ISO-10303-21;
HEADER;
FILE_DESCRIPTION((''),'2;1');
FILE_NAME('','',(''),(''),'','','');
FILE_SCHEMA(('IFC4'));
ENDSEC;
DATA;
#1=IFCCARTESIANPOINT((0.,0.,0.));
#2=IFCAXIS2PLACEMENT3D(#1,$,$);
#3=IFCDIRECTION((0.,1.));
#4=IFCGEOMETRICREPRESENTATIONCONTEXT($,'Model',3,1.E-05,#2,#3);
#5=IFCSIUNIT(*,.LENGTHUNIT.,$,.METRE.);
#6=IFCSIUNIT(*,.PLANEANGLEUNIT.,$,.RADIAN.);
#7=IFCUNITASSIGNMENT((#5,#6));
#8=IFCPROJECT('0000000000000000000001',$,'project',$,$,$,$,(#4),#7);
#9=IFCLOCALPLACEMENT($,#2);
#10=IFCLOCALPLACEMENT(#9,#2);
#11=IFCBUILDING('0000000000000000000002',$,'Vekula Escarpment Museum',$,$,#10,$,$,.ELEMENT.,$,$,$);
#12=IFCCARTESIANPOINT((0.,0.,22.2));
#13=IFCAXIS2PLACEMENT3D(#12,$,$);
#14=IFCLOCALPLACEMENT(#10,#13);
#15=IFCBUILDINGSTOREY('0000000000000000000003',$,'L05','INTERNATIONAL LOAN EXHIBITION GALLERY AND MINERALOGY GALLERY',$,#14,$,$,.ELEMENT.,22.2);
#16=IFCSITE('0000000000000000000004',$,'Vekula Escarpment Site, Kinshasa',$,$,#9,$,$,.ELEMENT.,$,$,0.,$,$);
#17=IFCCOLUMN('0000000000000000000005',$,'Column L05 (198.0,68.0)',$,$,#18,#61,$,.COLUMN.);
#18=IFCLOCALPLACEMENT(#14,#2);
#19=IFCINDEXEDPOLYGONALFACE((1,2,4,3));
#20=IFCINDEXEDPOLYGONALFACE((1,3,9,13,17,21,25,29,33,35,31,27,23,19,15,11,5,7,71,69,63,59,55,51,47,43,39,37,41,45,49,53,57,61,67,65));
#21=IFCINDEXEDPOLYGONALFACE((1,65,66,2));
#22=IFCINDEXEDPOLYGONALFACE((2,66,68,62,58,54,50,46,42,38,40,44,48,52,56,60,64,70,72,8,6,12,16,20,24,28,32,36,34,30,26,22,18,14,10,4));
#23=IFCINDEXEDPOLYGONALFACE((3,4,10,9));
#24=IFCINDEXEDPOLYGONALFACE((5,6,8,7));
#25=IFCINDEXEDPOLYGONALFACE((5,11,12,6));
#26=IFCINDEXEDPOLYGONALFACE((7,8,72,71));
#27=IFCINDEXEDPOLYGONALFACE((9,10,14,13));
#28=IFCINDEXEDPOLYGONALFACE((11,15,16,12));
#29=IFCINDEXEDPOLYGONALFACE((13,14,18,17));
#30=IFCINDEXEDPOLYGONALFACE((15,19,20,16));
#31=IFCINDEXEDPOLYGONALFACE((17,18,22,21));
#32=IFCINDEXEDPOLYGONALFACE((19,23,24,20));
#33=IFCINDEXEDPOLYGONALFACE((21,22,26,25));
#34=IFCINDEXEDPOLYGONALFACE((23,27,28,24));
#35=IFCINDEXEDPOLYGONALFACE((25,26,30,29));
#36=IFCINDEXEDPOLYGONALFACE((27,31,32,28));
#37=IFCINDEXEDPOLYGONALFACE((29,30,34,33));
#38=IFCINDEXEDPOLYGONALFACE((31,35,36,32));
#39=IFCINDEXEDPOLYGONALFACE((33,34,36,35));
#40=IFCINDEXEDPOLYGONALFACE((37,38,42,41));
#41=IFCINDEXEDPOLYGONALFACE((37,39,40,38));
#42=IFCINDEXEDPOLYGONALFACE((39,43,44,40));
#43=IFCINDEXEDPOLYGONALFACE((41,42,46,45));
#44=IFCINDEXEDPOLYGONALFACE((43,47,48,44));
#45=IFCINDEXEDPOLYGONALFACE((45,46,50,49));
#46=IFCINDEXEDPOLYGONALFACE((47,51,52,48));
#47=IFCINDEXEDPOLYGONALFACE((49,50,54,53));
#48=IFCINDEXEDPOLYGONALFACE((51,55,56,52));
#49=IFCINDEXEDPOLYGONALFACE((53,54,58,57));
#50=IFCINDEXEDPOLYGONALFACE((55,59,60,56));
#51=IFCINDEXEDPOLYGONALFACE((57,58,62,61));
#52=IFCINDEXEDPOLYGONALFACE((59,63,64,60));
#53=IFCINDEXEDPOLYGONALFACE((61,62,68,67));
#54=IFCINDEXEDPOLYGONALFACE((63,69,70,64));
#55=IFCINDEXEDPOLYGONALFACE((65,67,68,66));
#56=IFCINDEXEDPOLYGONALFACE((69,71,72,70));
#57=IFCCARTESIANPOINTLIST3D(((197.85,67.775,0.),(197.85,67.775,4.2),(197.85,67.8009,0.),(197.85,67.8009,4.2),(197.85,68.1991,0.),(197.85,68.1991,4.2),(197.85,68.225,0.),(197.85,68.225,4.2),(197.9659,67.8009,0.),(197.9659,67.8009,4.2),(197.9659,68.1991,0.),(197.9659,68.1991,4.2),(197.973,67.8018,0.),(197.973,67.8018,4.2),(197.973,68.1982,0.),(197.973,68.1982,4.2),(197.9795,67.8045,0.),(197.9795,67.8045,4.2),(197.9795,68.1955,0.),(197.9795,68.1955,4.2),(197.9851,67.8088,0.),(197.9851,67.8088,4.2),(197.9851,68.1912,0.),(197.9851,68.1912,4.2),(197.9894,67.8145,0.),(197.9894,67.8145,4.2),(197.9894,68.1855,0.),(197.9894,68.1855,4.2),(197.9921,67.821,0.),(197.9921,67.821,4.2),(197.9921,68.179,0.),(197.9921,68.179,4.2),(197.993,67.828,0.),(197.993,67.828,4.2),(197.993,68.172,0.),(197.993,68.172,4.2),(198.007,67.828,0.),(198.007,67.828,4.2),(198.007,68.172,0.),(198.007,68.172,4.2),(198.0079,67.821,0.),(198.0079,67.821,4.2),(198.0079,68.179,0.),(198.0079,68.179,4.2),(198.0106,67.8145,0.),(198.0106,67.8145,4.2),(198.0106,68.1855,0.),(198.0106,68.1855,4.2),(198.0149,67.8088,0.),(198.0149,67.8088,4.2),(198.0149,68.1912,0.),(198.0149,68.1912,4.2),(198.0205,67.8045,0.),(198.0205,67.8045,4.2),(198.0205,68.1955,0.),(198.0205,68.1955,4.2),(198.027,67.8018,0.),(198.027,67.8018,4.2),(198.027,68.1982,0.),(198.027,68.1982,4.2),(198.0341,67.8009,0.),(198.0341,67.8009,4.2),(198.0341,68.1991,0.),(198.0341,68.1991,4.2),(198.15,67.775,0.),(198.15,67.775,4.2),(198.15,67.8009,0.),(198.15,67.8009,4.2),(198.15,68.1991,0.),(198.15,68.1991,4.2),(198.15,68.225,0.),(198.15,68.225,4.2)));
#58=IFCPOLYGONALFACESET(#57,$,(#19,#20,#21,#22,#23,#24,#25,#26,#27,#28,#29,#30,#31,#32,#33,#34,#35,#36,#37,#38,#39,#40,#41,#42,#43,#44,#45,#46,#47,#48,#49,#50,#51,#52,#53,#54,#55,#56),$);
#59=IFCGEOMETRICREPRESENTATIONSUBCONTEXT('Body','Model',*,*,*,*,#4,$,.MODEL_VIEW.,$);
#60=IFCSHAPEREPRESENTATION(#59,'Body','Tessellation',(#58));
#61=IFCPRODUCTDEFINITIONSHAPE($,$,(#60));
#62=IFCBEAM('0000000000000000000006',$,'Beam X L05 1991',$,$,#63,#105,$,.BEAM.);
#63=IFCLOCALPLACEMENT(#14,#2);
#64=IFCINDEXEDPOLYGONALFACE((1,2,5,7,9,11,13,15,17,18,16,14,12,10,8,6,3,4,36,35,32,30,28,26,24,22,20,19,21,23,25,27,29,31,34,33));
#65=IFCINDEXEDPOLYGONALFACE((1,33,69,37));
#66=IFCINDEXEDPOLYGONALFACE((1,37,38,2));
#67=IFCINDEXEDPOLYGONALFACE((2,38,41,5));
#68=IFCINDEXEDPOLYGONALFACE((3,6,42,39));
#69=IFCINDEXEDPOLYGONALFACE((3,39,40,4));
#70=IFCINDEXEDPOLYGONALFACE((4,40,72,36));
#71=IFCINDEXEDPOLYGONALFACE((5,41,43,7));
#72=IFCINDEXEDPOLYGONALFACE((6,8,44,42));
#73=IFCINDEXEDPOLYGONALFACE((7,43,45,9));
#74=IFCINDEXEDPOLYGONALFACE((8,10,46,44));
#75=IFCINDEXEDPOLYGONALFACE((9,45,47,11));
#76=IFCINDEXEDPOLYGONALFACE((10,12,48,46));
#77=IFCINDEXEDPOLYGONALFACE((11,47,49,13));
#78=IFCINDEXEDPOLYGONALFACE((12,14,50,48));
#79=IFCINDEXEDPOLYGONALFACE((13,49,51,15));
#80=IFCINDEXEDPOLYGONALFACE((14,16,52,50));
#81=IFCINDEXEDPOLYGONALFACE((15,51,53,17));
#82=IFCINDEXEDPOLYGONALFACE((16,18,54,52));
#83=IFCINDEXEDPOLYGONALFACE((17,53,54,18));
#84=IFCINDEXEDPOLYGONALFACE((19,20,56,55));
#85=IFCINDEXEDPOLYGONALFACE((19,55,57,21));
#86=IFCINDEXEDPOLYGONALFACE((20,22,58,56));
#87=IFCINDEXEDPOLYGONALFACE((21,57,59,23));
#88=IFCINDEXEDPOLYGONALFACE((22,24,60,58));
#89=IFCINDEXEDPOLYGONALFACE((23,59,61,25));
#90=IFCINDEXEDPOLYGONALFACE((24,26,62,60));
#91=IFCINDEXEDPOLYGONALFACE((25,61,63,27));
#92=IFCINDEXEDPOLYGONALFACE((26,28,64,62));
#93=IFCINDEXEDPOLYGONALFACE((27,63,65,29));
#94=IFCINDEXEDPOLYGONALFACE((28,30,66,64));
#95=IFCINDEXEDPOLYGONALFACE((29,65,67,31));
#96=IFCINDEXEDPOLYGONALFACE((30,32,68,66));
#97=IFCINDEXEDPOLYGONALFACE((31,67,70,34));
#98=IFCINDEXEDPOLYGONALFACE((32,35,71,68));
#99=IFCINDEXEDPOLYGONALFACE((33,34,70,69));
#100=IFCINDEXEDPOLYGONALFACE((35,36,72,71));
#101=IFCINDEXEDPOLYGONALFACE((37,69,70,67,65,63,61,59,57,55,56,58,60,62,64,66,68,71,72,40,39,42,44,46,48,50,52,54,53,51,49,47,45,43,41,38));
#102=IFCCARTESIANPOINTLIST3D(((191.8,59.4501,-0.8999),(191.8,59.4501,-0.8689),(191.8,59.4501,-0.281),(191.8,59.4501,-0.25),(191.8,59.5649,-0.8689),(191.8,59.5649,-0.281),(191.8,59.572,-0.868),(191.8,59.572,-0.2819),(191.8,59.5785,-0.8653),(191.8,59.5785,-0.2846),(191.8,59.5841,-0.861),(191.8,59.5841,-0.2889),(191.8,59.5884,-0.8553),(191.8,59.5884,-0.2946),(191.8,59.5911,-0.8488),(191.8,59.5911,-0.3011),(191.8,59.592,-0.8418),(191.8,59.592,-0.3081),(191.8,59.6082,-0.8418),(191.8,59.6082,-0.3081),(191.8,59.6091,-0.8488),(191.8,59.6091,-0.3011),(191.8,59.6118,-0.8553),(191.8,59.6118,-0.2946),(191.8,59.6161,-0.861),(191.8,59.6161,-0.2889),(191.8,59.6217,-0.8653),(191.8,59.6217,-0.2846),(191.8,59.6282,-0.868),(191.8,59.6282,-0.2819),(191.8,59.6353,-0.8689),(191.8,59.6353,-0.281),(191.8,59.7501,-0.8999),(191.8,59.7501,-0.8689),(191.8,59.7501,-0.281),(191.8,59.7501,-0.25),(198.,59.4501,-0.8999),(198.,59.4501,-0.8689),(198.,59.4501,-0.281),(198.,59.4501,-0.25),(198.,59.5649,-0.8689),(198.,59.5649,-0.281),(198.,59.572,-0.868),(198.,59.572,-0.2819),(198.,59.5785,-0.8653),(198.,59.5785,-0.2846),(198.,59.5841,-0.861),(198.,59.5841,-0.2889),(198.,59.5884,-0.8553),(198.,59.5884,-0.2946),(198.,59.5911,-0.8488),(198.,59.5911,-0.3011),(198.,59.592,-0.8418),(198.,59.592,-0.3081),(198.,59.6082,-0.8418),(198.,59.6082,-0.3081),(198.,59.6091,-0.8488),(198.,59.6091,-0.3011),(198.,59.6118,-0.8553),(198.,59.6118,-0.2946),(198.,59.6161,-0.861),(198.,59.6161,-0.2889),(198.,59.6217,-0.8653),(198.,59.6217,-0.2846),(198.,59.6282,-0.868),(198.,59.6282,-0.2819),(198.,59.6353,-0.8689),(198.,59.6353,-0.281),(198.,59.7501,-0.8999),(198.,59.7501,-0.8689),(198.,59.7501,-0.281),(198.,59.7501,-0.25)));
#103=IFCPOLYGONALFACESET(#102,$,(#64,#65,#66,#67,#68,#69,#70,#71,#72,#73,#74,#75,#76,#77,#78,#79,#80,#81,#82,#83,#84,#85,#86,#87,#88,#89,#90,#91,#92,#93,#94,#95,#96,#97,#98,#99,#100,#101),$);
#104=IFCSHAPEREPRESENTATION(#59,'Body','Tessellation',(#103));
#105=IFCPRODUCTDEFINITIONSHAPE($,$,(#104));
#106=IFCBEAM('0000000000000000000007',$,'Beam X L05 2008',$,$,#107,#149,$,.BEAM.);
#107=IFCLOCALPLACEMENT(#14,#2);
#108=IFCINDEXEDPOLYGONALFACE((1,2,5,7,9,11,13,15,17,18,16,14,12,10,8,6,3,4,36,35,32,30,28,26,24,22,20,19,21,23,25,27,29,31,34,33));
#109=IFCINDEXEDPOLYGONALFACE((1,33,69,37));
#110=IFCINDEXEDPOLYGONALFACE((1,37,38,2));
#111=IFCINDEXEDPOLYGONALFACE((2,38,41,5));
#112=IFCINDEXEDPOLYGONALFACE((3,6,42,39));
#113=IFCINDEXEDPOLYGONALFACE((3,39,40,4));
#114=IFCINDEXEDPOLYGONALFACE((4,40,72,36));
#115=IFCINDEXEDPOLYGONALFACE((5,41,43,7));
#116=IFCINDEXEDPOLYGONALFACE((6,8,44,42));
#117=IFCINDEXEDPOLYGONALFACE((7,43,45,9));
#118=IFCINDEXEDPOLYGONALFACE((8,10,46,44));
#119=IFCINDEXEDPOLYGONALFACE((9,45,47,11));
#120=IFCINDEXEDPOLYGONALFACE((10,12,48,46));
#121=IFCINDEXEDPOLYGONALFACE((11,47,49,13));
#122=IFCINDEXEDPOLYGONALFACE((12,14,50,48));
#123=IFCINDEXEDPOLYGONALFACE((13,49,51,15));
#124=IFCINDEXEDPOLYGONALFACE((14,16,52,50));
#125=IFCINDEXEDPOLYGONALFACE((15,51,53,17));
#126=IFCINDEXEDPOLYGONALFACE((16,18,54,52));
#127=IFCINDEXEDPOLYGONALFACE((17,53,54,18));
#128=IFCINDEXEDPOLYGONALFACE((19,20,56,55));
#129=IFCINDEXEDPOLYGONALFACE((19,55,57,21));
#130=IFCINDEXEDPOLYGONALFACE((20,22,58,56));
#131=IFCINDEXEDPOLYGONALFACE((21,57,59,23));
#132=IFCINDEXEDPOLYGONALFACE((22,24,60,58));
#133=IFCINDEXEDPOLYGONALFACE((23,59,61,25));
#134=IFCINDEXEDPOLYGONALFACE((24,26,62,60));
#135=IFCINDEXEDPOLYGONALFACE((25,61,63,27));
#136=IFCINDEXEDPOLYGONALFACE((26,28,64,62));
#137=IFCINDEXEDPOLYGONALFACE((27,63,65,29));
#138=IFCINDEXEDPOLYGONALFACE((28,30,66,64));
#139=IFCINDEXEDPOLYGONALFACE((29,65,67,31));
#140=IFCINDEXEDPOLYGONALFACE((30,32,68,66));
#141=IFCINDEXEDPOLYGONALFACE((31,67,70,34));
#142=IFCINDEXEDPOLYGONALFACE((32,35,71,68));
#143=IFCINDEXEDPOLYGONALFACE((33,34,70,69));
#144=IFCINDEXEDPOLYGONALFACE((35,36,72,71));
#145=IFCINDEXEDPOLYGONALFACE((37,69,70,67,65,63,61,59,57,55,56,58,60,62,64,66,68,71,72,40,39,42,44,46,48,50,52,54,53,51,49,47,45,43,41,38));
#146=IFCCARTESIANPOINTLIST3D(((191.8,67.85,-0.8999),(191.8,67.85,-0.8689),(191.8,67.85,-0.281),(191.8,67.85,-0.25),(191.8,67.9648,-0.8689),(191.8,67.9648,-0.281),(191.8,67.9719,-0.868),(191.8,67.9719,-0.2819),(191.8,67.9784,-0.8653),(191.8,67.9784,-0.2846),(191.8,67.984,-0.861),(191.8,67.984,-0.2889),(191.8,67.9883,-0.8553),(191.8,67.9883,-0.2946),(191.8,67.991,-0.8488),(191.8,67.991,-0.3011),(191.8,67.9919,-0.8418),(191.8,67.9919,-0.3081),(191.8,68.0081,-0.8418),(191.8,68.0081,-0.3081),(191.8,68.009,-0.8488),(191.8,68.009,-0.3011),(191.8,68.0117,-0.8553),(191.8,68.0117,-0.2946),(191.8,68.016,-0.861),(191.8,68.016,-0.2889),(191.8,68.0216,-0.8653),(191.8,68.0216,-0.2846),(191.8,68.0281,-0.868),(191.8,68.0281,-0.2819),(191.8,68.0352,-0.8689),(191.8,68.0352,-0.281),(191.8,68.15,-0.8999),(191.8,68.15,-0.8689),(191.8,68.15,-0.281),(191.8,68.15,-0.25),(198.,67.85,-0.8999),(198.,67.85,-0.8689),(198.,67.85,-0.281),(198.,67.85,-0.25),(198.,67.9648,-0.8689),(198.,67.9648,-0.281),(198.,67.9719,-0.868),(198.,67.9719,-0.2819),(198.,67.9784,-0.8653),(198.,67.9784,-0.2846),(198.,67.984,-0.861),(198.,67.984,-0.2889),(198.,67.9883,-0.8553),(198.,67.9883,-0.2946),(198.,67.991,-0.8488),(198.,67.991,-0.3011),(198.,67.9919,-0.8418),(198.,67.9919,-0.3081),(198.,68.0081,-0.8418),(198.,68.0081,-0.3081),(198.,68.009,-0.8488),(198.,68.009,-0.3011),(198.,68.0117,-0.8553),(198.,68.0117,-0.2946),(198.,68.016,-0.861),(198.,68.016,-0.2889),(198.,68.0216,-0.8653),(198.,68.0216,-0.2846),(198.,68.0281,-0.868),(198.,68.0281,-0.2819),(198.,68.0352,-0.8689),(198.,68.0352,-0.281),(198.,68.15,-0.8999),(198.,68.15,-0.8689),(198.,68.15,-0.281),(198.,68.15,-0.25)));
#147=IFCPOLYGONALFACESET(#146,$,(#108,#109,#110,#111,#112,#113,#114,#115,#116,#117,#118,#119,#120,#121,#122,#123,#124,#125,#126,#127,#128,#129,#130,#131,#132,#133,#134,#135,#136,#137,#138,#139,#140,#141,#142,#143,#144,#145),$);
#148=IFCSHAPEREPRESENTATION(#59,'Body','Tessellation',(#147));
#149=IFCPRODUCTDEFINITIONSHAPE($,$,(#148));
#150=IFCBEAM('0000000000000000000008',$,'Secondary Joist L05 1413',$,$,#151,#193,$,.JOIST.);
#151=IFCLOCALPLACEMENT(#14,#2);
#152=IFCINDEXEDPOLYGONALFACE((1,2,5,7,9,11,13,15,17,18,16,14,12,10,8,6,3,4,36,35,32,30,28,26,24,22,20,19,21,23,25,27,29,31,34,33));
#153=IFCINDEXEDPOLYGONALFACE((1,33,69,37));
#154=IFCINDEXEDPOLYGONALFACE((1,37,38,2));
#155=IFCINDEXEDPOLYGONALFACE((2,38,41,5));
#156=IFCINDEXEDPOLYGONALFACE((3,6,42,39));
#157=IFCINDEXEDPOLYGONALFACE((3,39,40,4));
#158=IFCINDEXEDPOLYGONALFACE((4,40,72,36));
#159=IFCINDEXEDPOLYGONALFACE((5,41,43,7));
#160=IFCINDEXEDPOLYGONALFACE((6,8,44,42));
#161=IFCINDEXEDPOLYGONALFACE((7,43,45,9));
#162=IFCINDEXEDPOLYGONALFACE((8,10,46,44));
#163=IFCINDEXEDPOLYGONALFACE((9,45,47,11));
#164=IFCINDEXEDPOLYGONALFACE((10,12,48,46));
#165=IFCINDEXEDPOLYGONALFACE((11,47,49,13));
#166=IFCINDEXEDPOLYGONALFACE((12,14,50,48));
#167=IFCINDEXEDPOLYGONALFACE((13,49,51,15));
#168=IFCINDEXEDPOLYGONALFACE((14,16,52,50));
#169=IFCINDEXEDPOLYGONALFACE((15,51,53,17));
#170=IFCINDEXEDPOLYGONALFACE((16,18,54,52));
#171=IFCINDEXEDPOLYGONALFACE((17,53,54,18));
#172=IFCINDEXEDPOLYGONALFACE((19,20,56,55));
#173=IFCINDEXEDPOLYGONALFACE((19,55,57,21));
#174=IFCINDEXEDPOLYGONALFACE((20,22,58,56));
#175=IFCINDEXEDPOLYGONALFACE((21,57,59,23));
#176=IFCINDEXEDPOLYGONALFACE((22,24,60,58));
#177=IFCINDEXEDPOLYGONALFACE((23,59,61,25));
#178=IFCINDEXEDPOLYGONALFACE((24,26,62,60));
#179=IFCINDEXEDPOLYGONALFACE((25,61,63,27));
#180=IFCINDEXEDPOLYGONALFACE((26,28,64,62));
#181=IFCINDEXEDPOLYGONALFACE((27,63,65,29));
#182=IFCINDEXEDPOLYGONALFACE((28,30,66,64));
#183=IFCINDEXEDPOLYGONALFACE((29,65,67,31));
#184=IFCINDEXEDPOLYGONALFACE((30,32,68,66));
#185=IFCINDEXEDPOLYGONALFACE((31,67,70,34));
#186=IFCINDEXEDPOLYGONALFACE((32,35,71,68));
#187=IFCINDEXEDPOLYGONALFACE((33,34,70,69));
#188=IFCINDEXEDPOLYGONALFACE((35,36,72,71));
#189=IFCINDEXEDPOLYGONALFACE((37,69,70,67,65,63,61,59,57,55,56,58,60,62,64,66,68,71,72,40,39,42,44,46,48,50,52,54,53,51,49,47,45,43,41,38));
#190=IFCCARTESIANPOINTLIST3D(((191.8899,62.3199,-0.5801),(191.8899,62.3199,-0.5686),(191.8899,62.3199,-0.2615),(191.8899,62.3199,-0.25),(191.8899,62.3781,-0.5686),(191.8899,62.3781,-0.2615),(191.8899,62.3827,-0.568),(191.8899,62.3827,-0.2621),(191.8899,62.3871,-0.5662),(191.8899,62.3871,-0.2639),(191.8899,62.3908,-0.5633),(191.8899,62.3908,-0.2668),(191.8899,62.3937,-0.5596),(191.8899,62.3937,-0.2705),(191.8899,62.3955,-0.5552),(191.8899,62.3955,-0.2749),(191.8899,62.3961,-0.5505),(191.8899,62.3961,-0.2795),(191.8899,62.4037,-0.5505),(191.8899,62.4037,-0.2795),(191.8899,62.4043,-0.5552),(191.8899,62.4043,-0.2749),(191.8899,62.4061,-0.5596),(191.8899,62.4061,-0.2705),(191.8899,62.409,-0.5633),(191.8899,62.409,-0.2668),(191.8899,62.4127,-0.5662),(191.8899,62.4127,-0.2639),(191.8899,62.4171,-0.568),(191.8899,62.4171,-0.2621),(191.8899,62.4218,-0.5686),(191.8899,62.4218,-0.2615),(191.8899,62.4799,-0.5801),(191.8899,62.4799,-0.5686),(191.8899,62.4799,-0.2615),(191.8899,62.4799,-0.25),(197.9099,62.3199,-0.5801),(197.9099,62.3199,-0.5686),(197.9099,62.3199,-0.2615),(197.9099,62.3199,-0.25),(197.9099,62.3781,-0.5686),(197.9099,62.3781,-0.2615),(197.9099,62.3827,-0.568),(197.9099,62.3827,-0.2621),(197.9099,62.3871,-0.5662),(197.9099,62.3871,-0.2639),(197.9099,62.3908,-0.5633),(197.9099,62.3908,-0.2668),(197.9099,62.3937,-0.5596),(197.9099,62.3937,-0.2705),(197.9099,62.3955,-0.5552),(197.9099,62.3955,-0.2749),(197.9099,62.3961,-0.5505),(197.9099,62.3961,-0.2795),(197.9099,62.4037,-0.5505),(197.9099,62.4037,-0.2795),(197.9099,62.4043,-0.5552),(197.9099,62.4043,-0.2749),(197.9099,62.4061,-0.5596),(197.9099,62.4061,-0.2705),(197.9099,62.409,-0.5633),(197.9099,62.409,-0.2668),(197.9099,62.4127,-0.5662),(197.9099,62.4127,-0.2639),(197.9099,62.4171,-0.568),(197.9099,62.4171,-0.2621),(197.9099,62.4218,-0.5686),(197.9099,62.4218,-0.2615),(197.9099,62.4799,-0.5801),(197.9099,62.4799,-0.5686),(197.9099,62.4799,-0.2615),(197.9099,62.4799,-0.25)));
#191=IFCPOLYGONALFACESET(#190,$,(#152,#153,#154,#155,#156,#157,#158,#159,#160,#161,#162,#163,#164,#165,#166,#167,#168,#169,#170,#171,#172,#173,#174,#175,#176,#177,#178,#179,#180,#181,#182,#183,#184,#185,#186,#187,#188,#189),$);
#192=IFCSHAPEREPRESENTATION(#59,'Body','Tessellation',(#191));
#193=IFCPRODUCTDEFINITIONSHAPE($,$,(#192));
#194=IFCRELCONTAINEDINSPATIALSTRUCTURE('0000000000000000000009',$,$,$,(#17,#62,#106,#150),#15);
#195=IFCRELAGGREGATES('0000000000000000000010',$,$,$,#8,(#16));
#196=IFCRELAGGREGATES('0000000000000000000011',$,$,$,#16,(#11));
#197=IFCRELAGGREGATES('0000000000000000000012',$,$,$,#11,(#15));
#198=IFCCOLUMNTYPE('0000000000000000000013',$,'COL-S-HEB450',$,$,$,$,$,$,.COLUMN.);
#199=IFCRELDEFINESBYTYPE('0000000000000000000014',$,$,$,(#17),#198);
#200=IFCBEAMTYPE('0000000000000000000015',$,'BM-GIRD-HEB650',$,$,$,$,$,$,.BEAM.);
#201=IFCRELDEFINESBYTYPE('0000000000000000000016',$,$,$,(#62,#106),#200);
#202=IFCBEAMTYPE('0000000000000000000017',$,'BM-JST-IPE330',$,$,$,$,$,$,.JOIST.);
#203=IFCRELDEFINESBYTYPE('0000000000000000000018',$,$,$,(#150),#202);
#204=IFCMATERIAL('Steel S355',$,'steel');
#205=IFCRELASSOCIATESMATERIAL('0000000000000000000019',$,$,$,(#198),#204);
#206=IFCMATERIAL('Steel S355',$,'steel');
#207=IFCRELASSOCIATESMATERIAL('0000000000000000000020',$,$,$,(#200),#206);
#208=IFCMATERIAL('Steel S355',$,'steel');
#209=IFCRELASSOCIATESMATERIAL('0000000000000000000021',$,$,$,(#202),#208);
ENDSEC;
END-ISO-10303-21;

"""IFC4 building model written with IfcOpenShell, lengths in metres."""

from ifc_helpers import new_model, si_unit, direction, frame, origin, origin_2d, place, context, subcontext, project, spatial, i_section, extrude, material, material_profile, profile_set, type_object, element, save


model = new_model("IFC4")

# Units and contexts
model_context = context("Model", 3, precision=1e-05, world=origin(), true_north=direction((0.0, 1.0)))
body_context = subcontext(model_context, "Body", "Model", "MODEL_VIEW")
ifc_project = project(units=[si_unit("LENGTHUNIT", "METRE"), si_unit("PLANEANGLEUNIT", "RADIAN")], contexts=[model_context])

# Site, building, storey
site_placement = place(None, origin())
site = spatial("IfcSite", under=ifc_project, at=site_placement, Name="Vekula Escarpment Site, Kinshasa", CompositionType="ELEMENT", RefElevation=0.0)
building_placement = place(site_placement, origin())
building = spatial("IfcBuilding", under=site, at=building_placement, Name="Vekula Escarpment Museum", CompositionType="ELEMENT")
storey_placement = place(building_placement, frame((0.0, 0.0, 22.2)))
storey = spatial("IfcBuildingStorey", under=building, at=storey_placement, Name="L05", Description="INTERNATIONAL LOAN EXHIBITION GALLERY AND MINERALOGY GALLERY", CompositionType="ELEMENT", Elevation=22.2)

# Column
ifc_material_1 = material(Name="Steel S355", Category="steel")
ifc_material_profile_1 = material_profile(ifc_material_1, i_section(OverallWidth=0.3, OverallDepth=0.45, WebThickness=0.0139, FlangeThickness=0.0259, FilletRadius=0.0271, at=origin_2d()), Name="HEB 450")
ifc_profile_set_1 = profile_set([ifc_material_profile_1], Name="Steel S355")
column_type = type_object("IfcColumnType", Name="COL-S-HEB450", PredefinedType="COLUMN", material=ifc_profile_set_1)
for number, where, z_axis, x_axis, name in (
    (1, (198.0, 68.0, 0.0), (0.0, 0.0, 1.0), (1.0, 0.0, 0.0), "Column L05 (198.0,68.0)"),
):
    element("IfcColumn", number, at=place(storey_placement, frame(where, z_axis=z_axis, x_axis=x_axis)), inside=storey, type_object=column_type, Name=name, PredefinedType="COLUMN", context=body_context, shape_type="SweptSolid", body=[
        extrude(i_section(OverallWidth=0.3, OverallDepth=0.45, WebThickness=0.0139, FlangeThickness=0.0259, FilletRadius=0.0271, at=origin_2d()), origin(), (0.0, 0.0, 1.0), 4.2),
    ])

# Beams
ifc_material_2 = material(Name="Steel S355", Category="steel")
ifc_material_profile_2 = material_profile(ifc_material_2, i_section(OverallWidth=0.3, OverallDepth=0.6499, WebThickness=0.0161, FlangeThickness=0.031, FilletRadius=0.0271, at=origin_2d()), Name="HEB 650")
ifc_profile_set_2 = profile_set([ifc_material_profile_2], Name="Steel S355")
beam_type_1 = type_object("IfcBeamType", Name="BM-GIRD-HEB650", PredefinedType="BEAM", material=ifc_profile_set_2)
for number, where, z_axis, x_axis, name in (
    (2, (191.8, 59.6001, -0.575), (1.0, 0.0, 0.0), (0.0, 1.0, 0.0), "Beam X L05 1991"),
    (3, (191.8, 68.0, -0.575), (1.0, 0.0, 0.0), (0.0, 1.0, 0.0), "Beam X L05 2008"),
):
    element("IfcBeam", number, at=place(storey_placement, frame(where, z_axis=z_axis, x_axis=x_axis)), inside=storey, type_object=beam_type_1, Name=name, PredefinedType="BEAM", context=body_context, shape_type="SweptSolid", body=[
        extrude(i_section(OverallWidth=0.3, OverallDepth=0.6499, WebThickness=0.0161, FlangeThickness=0.031, FilletRadius=0.0271, at=origin_2d()), origin(), (0.0, 0.0, 1.0), 6.2),
    ])
ifc_material_3 = material(Name="Steel S355", Category="steel")
ifc_material_profile_3 = material_profile(ifc_material_3, i_section(OverallWidth=0.1599, OverallDepth=0.3301, WebThickness=0.0076, FlangeThickness=0.0115, FilletRadius=0.0181, at=origin_2d()), Name="IPE 330")
ifc_profile_set_3 = profile_set([ifc_material_profile_3], Name="Steel S355")
beam_type_2 = type_object("IfcBeamType", Name="BM-JST-IPE330", PredefinedType="JOIST", material=ifc_profile_set_3)
for number, where, z_axis, x_axis, name in (
    (4, (191.8899, 62.3999, -0.415), (1.0, 0.0, 0.0), (0.0, 1.0, 0.0), "Secondary Joist L05 1413"),
):
    element("IfcBeam", number, at=place(storey_placement, frame(where, z_axis=z_axis, x_axis=x_axis)), inside=storey, type_object=beam_type_2, Name=name, PredefinedType="JOIST", context=body_context, shape_type="SweptSolid", body=[
        extrude(i_section(OverallWidth=0.1599, OverallDepth=0.3301, WebThickness=0.0076, FlangeThickness=0.0115, FilletRadius=0.0181, at=origin_2d()), origin(), (0.0, 0.0, 1.0), 6.02),
    ])

save(model, "model.ifc")
